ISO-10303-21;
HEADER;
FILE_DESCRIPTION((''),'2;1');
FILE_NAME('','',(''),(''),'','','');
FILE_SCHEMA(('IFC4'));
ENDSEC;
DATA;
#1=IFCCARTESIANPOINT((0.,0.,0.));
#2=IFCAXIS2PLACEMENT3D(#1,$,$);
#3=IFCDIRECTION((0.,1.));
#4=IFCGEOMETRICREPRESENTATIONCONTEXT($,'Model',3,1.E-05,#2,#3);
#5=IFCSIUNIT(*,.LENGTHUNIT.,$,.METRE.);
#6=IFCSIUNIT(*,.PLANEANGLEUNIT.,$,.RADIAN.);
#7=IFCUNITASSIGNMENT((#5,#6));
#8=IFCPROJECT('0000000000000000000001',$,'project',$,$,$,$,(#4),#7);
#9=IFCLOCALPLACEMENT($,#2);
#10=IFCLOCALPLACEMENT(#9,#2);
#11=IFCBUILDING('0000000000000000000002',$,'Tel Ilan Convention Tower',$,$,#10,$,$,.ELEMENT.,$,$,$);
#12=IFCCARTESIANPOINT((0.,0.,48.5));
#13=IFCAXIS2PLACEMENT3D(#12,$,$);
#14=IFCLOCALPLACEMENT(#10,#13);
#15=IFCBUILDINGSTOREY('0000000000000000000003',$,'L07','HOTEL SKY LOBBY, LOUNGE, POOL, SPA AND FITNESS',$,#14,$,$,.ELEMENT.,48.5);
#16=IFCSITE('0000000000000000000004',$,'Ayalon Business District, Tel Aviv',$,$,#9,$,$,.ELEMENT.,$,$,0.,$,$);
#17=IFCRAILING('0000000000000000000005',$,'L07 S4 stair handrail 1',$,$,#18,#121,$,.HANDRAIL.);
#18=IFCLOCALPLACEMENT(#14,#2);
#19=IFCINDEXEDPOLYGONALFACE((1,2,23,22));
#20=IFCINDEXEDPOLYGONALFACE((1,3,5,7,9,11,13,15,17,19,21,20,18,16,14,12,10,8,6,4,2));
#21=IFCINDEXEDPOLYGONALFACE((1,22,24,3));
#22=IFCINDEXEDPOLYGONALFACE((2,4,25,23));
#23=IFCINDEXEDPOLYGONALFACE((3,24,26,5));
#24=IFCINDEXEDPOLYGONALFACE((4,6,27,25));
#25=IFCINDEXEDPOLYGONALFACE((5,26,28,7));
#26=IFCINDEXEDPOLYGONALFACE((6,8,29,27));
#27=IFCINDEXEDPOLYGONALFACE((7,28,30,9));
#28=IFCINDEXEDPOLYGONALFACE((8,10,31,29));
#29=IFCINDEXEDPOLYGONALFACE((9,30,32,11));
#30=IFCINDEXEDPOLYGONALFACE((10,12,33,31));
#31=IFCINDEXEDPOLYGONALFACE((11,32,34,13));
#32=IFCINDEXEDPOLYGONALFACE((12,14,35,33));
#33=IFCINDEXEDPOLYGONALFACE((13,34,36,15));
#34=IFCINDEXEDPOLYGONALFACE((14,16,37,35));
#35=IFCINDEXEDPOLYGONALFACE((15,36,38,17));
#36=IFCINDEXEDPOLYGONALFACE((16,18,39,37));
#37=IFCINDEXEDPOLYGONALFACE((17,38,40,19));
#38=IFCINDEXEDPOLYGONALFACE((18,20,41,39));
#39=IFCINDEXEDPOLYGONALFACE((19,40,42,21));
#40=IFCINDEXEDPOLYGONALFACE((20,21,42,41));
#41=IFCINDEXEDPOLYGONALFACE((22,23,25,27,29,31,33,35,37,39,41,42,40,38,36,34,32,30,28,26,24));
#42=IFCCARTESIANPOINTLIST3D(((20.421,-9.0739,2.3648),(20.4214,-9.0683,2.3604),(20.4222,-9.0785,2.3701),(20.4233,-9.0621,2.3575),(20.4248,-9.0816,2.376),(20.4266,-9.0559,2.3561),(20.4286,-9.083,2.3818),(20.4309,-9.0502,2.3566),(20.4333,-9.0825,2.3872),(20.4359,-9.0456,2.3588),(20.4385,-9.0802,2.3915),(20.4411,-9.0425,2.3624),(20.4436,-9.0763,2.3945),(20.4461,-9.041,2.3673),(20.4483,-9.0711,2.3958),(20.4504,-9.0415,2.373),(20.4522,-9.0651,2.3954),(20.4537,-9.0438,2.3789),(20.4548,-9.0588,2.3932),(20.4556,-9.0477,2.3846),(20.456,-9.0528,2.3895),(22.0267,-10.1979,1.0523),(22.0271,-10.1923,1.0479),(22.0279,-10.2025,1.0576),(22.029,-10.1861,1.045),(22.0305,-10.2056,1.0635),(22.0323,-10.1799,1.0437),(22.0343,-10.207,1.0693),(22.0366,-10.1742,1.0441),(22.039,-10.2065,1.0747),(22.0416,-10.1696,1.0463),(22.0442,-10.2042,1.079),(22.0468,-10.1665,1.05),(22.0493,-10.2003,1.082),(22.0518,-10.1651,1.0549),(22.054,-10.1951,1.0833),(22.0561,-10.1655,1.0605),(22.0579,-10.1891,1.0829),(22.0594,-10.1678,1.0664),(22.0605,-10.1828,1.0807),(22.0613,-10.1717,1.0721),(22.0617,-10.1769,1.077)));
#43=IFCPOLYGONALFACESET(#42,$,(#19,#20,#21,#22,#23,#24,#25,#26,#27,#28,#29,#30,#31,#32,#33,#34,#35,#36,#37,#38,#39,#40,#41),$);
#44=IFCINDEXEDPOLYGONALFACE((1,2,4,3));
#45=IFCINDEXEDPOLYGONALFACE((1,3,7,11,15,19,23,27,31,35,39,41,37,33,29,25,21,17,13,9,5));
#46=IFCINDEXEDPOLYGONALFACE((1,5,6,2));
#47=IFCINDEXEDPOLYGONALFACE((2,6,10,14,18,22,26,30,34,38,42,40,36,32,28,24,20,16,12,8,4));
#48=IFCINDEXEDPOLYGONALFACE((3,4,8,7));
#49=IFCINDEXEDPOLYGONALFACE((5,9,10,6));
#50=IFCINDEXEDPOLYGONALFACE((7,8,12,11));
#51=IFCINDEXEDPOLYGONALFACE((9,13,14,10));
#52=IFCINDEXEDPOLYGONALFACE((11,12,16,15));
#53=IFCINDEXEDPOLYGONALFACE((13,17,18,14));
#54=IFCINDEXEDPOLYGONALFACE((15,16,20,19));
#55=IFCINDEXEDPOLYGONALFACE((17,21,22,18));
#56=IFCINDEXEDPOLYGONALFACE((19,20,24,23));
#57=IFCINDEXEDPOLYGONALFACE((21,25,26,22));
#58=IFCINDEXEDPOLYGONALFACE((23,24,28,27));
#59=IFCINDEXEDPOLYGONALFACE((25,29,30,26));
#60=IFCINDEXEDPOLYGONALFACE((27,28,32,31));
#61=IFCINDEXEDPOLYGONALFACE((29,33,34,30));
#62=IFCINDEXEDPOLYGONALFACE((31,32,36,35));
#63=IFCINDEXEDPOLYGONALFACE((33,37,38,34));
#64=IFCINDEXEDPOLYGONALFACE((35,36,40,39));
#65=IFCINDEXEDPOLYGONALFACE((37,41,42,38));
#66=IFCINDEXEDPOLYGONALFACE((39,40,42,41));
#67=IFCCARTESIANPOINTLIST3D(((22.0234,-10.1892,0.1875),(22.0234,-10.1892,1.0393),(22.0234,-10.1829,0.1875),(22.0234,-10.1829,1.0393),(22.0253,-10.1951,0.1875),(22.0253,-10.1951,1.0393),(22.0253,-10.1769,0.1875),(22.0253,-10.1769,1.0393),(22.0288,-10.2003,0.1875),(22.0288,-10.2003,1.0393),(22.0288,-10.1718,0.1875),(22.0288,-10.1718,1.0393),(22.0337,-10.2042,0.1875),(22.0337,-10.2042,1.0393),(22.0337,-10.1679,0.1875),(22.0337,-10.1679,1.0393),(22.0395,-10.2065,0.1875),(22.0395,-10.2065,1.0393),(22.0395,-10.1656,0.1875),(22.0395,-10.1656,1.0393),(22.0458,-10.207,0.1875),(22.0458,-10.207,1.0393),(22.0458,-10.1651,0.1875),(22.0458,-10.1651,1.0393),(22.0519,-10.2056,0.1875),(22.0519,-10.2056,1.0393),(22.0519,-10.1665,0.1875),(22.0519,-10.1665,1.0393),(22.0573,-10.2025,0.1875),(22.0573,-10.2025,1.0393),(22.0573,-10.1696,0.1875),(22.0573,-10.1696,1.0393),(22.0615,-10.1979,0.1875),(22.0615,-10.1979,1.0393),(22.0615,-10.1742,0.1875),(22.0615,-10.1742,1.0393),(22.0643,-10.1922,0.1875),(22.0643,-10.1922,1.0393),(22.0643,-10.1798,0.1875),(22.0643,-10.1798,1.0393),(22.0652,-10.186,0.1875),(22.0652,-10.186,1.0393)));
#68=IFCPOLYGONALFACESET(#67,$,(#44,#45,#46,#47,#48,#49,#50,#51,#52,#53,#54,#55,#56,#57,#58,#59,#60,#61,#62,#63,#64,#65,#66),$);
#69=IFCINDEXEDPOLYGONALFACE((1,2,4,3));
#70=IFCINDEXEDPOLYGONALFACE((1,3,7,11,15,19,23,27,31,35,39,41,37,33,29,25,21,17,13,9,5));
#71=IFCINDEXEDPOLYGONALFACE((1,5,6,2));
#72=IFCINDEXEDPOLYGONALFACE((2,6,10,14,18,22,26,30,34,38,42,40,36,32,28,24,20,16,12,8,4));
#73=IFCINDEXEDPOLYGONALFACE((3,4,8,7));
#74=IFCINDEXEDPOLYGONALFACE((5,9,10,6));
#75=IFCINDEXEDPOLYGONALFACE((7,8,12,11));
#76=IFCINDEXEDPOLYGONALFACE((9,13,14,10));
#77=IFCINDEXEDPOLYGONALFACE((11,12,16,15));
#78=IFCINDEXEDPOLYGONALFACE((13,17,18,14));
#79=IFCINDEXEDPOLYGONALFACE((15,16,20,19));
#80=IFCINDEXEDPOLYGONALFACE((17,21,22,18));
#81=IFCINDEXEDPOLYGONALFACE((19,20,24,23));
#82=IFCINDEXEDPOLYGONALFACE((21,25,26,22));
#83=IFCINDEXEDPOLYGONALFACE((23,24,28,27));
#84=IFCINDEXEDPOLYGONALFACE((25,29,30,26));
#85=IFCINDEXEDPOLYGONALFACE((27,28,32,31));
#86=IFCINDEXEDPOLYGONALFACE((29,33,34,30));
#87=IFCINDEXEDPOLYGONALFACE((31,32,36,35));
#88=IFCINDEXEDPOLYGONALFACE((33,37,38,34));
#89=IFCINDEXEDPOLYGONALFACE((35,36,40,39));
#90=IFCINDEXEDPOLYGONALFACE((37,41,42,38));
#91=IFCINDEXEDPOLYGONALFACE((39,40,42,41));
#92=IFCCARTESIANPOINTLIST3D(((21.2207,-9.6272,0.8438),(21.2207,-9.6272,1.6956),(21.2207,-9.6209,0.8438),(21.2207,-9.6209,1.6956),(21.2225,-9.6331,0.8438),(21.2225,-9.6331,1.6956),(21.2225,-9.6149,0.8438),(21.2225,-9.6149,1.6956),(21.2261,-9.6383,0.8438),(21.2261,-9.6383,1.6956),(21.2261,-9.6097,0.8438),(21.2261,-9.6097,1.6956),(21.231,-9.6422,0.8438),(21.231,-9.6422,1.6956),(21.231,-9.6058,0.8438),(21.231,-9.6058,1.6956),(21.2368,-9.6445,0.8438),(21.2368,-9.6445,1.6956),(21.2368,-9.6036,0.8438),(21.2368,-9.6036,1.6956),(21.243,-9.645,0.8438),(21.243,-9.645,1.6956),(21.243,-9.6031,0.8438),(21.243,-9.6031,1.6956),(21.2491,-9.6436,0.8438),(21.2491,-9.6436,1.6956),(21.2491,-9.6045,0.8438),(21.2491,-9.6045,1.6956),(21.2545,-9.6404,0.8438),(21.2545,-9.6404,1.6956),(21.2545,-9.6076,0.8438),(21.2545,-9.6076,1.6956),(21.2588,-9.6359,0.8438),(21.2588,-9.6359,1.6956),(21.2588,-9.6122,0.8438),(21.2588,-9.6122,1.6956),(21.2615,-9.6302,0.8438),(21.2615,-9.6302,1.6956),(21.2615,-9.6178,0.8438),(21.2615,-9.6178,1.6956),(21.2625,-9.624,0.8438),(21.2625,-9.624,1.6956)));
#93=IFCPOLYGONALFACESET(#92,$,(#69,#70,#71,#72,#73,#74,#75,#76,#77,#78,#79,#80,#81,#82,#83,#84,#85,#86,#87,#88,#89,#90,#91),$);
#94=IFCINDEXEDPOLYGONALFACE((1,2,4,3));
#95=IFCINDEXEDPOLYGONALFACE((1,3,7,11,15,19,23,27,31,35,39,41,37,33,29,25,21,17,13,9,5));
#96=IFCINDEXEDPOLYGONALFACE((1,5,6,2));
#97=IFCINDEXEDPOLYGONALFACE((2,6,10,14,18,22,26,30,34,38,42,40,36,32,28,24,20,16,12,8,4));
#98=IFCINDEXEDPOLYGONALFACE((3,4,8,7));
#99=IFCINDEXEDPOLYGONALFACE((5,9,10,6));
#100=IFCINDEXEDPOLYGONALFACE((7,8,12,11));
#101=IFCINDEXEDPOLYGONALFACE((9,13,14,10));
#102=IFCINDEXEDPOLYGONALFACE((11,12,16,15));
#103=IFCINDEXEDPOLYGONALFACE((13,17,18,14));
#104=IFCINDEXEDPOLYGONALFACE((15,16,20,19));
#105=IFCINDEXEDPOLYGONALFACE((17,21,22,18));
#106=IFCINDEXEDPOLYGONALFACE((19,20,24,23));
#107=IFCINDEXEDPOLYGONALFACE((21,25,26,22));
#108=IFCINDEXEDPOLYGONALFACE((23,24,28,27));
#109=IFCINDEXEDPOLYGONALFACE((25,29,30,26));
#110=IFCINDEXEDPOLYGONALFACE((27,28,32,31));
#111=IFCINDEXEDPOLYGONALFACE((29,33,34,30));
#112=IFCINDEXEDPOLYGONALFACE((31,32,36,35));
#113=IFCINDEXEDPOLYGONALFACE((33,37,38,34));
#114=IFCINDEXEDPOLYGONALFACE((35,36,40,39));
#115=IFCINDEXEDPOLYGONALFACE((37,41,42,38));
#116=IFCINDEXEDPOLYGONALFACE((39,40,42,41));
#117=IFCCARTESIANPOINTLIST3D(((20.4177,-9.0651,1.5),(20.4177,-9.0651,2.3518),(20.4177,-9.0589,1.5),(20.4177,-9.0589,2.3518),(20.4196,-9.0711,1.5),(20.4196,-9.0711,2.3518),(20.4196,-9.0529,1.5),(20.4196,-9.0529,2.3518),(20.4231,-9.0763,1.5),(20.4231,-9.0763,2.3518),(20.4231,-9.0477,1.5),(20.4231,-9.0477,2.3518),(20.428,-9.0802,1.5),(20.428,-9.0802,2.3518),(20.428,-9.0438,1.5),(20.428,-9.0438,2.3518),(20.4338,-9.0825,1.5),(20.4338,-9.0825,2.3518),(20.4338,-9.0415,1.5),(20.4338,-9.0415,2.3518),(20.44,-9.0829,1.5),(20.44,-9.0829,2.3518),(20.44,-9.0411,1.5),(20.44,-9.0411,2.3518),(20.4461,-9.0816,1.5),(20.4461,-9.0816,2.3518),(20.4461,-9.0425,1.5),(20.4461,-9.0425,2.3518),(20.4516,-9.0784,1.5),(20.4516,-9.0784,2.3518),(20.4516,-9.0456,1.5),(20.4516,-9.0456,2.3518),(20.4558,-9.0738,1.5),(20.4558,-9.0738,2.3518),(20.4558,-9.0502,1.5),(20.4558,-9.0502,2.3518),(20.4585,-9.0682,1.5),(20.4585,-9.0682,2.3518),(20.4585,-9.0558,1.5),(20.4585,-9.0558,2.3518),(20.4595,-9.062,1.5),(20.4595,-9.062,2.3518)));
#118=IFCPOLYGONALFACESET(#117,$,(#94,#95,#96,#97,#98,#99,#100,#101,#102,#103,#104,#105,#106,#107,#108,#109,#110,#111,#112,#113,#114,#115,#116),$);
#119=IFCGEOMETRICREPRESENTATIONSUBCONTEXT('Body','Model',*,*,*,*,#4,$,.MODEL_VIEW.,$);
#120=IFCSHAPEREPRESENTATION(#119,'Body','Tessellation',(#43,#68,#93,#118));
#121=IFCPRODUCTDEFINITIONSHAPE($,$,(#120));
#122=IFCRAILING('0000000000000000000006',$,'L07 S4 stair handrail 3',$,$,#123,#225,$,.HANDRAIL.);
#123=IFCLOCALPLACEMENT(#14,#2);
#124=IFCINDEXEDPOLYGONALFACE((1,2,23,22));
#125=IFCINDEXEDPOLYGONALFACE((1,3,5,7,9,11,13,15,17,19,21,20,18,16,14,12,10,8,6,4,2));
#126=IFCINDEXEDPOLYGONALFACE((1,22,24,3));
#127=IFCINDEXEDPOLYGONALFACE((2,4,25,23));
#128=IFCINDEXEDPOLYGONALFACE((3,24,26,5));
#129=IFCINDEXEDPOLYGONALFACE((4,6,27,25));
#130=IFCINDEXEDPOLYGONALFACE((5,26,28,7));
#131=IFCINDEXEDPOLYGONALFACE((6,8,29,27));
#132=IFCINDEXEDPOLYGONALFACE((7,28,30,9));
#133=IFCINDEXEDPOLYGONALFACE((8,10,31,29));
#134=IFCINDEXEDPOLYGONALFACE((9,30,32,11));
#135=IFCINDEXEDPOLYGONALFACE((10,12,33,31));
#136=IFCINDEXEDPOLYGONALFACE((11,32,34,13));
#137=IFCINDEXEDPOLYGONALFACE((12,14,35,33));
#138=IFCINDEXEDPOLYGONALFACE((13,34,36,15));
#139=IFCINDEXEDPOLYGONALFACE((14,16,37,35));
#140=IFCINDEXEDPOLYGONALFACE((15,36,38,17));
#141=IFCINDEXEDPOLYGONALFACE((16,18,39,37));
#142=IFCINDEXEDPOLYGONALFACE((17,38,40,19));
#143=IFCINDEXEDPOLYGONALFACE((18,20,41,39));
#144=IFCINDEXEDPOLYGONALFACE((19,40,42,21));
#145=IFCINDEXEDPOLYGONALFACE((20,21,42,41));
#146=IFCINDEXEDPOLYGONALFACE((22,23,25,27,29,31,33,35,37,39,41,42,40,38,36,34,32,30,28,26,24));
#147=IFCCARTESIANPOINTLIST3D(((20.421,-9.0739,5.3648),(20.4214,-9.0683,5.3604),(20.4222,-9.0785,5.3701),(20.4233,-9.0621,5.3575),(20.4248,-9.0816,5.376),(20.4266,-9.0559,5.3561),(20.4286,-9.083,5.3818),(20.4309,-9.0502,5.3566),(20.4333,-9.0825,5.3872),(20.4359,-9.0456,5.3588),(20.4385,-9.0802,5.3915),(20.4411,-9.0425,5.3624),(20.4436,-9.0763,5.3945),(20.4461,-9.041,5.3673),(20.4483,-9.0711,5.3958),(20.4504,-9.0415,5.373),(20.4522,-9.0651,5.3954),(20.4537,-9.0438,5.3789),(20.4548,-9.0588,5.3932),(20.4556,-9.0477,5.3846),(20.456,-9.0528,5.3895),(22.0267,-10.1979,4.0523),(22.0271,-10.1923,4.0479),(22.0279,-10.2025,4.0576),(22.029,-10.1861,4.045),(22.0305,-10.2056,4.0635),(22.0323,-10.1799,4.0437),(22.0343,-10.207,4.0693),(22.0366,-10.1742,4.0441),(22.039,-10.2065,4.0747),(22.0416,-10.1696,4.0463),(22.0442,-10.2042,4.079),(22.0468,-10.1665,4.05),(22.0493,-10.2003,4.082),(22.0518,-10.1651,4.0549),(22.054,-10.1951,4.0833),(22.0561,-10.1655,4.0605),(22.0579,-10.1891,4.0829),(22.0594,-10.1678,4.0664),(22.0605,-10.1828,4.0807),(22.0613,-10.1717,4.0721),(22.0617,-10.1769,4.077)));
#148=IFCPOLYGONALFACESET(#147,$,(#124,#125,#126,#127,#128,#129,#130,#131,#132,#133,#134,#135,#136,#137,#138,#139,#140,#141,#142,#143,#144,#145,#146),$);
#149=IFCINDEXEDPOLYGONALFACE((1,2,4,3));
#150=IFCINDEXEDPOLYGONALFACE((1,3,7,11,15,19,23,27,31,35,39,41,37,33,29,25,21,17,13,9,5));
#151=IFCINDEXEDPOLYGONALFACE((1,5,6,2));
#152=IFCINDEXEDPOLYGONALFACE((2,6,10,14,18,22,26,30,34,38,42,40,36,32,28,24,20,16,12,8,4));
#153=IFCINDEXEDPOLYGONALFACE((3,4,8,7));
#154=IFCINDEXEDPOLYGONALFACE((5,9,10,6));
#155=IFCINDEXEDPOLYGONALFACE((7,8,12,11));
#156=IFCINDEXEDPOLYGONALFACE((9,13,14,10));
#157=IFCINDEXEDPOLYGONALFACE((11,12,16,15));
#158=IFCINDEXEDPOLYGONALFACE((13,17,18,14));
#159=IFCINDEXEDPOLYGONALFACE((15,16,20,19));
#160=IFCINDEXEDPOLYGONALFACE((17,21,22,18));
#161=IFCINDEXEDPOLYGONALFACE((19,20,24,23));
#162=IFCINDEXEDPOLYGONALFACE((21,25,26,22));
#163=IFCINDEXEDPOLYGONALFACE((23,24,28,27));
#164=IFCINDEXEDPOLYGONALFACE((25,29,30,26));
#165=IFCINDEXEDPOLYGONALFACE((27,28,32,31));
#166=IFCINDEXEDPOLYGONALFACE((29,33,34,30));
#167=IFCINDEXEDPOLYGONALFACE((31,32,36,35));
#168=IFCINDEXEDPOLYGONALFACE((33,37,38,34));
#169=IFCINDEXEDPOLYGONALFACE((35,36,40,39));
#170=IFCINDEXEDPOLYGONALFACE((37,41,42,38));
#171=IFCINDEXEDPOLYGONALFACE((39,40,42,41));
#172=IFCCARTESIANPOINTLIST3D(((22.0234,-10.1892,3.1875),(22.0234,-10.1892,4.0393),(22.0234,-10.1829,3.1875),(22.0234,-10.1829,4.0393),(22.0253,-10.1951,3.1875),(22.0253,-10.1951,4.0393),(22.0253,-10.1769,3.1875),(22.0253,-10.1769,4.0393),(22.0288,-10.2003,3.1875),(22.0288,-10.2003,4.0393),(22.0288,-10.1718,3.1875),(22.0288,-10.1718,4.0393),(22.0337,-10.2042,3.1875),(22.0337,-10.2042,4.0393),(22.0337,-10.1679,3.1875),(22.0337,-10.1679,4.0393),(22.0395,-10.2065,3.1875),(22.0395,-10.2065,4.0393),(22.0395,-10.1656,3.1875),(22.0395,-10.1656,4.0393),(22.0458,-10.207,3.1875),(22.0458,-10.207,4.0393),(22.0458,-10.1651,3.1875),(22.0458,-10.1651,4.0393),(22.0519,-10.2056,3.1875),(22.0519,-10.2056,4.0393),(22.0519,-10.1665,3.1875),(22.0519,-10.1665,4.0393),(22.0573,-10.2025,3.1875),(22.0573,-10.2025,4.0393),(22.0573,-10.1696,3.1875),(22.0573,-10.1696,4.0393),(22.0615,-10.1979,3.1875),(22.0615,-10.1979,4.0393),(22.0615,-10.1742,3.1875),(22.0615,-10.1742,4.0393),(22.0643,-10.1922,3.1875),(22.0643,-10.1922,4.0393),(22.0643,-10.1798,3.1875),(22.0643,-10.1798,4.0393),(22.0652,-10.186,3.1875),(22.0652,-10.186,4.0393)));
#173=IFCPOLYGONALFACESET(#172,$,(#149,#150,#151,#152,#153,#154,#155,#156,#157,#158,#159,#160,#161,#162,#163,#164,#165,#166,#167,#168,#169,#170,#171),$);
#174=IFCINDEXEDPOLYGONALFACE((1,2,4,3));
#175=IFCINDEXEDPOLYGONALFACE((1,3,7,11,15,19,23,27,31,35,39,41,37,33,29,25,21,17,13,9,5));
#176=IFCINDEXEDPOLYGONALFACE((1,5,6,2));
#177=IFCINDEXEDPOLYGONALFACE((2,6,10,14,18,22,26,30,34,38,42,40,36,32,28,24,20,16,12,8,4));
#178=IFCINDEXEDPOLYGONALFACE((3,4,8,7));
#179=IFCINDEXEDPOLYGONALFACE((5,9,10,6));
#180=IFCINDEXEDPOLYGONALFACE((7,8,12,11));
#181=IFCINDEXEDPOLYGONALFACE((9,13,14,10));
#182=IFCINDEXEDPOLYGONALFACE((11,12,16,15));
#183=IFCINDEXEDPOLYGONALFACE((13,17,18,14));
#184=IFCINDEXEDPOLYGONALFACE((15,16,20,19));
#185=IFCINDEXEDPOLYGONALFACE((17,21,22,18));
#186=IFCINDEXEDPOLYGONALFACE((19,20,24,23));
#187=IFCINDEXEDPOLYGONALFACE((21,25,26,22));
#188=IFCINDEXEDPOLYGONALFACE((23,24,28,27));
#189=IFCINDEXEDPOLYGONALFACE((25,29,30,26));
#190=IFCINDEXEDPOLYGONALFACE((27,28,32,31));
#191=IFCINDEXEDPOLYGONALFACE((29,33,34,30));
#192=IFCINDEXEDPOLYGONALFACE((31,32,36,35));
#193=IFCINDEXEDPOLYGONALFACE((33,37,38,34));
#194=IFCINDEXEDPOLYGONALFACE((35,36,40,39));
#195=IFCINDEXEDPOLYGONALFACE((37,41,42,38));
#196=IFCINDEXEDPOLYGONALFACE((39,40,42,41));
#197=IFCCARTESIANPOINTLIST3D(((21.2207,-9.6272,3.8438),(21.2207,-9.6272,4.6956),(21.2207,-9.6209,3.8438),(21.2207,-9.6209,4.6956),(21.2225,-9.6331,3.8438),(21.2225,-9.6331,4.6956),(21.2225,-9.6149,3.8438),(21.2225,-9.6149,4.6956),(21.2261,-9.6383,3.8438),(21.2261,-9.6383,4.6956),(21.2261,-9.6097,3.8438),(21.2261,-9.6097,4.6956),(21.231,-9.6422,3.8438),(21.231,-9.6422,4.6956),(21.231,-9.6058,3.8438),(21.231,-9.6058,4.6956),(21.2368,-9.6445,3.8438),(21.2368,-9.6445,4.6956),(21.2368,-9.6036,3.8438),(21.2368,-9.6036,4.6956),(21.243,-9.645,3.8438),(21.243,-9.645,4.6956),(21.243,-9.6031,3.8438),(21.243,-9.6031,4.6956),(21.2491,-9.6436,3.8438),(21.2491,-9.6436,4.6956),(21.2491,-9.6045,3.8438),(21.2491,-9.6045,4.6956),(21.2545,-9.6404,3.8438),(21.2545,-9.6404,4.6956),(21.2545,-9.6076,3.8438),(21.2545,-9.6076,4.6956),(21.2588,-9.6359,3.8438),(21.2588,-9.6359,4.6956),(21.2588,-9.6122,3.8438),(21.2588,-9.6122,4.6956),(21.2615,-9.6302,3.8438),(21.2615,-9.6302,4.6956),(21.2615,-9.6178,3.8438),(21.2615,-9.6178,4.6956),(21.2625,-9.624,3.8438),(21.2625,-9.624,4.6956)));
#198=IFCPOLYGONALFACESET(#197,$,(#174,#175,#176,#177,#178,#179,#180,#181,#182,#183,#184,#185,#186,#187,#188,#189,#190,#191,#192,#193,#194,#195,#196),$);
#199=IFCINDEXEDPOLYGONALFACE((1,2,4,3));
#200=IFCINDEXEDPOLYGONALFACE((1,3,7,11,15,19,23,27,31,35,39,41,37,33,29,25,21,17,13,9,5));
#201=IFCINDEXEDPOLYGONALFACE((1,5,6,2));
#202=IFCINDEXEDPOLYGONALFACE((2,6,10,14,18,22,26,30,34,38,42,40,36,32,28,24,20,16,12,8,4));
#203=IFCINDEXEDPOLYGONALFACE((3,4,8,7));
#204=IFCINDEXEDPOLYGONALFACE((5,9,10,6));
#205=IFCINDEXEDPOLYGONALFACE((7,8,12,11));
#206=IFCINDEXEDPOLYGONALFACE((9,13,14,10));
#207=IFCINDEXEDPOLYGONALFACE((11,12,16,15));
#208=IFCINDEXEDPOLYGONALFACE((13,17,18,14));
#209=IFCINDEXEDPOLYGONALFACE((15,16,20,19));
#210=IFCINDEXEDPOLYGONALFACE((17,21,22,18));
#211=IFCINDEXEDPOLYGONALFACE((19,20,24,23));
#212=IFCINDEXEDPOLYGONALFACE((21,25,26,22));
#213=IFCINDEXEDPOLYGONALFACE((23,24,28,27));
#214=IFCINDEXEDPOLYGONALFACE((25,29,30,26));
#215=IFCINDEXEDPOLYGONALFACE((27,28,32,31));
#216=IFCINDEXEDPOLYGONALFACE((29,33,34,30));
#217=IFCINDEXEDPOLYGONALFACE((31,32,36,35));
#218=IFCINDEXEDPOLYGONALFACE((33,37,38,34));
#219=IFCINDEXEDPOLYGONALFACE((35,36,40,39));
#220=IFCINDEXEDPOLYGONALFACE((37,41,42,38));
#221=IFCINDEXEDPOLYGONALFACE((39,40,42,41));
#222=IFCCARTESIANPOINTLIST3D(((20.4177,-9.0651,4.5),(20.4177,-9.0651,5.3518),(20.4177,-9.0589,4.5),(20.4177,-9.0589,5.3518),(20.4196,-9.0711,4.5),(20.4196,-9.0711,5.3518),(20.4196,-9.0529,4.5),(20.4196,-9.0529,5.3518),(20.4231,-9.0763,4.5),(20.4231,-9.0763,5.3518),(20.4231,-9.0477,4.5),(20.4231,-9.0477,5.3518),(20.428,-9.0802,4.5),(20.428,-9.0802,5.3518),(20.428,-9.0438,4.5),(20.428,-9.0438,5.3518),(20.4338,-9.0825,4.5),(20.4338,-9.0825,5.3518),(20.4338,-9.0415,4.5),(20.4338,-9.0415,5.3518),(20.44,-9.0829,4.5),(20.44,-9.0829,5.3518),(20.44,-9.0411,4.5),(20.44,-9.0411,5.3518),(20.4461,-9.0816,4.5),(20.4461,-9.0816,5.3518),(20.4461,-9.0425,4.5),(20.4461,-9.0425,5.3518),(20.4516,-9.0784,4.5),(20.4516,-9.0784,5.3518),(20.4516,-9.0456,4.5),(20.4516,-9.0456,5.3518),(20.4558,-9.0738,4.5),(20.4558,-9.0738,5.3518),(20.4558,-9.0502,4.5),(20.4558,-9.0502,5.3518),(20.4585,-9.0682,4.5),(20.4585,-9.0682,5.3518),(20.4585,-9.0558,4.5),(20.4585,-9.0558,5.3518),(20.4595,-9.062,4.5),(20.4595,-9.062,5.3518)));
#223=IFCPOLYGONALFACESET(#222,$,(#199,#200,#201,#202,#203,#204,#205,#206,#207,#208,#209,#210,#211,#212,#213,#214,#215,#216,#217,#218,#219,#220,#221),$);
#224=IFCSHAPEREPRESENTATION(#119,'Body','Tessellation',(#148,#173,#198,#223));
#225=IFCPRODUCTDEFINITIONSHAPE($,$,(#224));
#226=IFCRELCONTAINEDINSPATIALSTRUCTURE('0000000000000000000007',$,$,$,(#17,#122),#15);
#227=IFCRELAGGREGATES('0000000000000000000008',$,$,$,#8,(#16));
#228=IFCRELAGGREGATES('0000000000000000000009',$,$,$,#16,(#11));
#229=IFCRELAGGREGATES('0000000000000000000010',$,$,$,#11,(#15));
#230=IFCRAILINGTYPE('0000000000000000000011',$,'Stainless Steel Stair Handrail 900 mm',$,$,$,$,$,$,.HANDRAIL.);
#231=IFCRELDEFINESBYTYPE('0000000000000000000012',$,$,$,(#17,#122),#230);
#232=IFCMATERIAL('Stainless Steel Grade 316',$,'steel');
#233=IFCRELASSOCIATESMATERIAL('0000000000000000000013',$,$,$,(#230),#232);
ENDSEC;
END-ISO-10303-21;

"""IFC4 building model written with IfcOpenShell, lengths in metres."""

from ifc_helpers import new_model, si_unit, direction, frame, origin, origin_2d, place, context, subcontext, project, spatial, circle, extrude, material, type_object, element, save


model = new_model("IFC4")

# Units and contexts
model_context = context("Model", 3, precision=1e-05, world=origin(), true_north=direction((0.0, 1.0)))
body_context = subcontext(model_context, "Body", "Model", "MODEL_VIEW")
ifc_project = project(units=[si_unit("LENGTHUNIT", "METRE"), si_unit("PLANEANGLEUNIT", "RADIAN")], contexts=[model_context])

# Site, building, storey
site_placement = place(None, origin())
site = spatial("IfcSite", under=ifc_project, at=site_placement, Name="Ayalon Business District, Tel Aviv", CompositionType="ELEMENT", RefElevation=0.0)
building_placement = place(site_placement, origin())
building = spatial("IfcBuilding", under=site, at=building_placement, Name="Tel Ilan Convention Tower", CompositionType="ELEMENT")
storey_placement = place(building_placement, frame((0.0, 0.0, 48.5)))
storey = spatial("IfcBuildingStorey", under=building, at=storey_placement, Name="L07", Description="HOTEL SKY LOBBY, LOUNGE, POOL, SPA AND FITNESS", CompositionType="ELEMENT", Elevation=48.5)

# Railings
ifc_material_1 = material(Name="Stainless Steel Grade 316", Category="steel")
railing_type_1 = type_object("IfcRailingType", Name="Stainless Steel Stair Handrail 900 mm", PredefinedType="HANDRAIL", material=ifc_material_1)
for number, where, name in (
    (1, (22.0442, -10.186, 0.1875), "L07 S4 stair handrail 1"),
    (2, (22.0442, -10.186, 3.1875), "L07 S4 stair handrail 3"),
):
    element("IfcRailing", number, at=place(storey_placement, frame(where)), inside=storey, type_object=railing_type_1, Name=name, PredefinedType="HANDRAIL", context=body_context, shape_type="SweptSolid", body=[
        extrude(circle(Radius=0.0239, at=origin_2d()), frame((0.0, 0.0, 0.876), z_axis=(-0.680705, 0.476504, 0.556404), x_axis=(-0.573471, -0.819226, 0.0)), (0.0, 0.0, 1.0), 2.3589),
        extrude(circle(Radius=0.021, at=origin_2d()), origin(), (0.0, 0.0, 1.0), 0.8518),
        extrude(circle(Radius=0.021, at=origin_2d()), frame((-0.8027, 0.562, 0.6562)), (0.0, 0.0, 1.0), 0.8518),
        extrude(circle(Radius=0.021, at=origin_2d()), frame((-1.6057, 1.124, 1.3125)), (0.0, 0.0, 1.0), 0.8518),
    ])

save(model, "model.ifc")
